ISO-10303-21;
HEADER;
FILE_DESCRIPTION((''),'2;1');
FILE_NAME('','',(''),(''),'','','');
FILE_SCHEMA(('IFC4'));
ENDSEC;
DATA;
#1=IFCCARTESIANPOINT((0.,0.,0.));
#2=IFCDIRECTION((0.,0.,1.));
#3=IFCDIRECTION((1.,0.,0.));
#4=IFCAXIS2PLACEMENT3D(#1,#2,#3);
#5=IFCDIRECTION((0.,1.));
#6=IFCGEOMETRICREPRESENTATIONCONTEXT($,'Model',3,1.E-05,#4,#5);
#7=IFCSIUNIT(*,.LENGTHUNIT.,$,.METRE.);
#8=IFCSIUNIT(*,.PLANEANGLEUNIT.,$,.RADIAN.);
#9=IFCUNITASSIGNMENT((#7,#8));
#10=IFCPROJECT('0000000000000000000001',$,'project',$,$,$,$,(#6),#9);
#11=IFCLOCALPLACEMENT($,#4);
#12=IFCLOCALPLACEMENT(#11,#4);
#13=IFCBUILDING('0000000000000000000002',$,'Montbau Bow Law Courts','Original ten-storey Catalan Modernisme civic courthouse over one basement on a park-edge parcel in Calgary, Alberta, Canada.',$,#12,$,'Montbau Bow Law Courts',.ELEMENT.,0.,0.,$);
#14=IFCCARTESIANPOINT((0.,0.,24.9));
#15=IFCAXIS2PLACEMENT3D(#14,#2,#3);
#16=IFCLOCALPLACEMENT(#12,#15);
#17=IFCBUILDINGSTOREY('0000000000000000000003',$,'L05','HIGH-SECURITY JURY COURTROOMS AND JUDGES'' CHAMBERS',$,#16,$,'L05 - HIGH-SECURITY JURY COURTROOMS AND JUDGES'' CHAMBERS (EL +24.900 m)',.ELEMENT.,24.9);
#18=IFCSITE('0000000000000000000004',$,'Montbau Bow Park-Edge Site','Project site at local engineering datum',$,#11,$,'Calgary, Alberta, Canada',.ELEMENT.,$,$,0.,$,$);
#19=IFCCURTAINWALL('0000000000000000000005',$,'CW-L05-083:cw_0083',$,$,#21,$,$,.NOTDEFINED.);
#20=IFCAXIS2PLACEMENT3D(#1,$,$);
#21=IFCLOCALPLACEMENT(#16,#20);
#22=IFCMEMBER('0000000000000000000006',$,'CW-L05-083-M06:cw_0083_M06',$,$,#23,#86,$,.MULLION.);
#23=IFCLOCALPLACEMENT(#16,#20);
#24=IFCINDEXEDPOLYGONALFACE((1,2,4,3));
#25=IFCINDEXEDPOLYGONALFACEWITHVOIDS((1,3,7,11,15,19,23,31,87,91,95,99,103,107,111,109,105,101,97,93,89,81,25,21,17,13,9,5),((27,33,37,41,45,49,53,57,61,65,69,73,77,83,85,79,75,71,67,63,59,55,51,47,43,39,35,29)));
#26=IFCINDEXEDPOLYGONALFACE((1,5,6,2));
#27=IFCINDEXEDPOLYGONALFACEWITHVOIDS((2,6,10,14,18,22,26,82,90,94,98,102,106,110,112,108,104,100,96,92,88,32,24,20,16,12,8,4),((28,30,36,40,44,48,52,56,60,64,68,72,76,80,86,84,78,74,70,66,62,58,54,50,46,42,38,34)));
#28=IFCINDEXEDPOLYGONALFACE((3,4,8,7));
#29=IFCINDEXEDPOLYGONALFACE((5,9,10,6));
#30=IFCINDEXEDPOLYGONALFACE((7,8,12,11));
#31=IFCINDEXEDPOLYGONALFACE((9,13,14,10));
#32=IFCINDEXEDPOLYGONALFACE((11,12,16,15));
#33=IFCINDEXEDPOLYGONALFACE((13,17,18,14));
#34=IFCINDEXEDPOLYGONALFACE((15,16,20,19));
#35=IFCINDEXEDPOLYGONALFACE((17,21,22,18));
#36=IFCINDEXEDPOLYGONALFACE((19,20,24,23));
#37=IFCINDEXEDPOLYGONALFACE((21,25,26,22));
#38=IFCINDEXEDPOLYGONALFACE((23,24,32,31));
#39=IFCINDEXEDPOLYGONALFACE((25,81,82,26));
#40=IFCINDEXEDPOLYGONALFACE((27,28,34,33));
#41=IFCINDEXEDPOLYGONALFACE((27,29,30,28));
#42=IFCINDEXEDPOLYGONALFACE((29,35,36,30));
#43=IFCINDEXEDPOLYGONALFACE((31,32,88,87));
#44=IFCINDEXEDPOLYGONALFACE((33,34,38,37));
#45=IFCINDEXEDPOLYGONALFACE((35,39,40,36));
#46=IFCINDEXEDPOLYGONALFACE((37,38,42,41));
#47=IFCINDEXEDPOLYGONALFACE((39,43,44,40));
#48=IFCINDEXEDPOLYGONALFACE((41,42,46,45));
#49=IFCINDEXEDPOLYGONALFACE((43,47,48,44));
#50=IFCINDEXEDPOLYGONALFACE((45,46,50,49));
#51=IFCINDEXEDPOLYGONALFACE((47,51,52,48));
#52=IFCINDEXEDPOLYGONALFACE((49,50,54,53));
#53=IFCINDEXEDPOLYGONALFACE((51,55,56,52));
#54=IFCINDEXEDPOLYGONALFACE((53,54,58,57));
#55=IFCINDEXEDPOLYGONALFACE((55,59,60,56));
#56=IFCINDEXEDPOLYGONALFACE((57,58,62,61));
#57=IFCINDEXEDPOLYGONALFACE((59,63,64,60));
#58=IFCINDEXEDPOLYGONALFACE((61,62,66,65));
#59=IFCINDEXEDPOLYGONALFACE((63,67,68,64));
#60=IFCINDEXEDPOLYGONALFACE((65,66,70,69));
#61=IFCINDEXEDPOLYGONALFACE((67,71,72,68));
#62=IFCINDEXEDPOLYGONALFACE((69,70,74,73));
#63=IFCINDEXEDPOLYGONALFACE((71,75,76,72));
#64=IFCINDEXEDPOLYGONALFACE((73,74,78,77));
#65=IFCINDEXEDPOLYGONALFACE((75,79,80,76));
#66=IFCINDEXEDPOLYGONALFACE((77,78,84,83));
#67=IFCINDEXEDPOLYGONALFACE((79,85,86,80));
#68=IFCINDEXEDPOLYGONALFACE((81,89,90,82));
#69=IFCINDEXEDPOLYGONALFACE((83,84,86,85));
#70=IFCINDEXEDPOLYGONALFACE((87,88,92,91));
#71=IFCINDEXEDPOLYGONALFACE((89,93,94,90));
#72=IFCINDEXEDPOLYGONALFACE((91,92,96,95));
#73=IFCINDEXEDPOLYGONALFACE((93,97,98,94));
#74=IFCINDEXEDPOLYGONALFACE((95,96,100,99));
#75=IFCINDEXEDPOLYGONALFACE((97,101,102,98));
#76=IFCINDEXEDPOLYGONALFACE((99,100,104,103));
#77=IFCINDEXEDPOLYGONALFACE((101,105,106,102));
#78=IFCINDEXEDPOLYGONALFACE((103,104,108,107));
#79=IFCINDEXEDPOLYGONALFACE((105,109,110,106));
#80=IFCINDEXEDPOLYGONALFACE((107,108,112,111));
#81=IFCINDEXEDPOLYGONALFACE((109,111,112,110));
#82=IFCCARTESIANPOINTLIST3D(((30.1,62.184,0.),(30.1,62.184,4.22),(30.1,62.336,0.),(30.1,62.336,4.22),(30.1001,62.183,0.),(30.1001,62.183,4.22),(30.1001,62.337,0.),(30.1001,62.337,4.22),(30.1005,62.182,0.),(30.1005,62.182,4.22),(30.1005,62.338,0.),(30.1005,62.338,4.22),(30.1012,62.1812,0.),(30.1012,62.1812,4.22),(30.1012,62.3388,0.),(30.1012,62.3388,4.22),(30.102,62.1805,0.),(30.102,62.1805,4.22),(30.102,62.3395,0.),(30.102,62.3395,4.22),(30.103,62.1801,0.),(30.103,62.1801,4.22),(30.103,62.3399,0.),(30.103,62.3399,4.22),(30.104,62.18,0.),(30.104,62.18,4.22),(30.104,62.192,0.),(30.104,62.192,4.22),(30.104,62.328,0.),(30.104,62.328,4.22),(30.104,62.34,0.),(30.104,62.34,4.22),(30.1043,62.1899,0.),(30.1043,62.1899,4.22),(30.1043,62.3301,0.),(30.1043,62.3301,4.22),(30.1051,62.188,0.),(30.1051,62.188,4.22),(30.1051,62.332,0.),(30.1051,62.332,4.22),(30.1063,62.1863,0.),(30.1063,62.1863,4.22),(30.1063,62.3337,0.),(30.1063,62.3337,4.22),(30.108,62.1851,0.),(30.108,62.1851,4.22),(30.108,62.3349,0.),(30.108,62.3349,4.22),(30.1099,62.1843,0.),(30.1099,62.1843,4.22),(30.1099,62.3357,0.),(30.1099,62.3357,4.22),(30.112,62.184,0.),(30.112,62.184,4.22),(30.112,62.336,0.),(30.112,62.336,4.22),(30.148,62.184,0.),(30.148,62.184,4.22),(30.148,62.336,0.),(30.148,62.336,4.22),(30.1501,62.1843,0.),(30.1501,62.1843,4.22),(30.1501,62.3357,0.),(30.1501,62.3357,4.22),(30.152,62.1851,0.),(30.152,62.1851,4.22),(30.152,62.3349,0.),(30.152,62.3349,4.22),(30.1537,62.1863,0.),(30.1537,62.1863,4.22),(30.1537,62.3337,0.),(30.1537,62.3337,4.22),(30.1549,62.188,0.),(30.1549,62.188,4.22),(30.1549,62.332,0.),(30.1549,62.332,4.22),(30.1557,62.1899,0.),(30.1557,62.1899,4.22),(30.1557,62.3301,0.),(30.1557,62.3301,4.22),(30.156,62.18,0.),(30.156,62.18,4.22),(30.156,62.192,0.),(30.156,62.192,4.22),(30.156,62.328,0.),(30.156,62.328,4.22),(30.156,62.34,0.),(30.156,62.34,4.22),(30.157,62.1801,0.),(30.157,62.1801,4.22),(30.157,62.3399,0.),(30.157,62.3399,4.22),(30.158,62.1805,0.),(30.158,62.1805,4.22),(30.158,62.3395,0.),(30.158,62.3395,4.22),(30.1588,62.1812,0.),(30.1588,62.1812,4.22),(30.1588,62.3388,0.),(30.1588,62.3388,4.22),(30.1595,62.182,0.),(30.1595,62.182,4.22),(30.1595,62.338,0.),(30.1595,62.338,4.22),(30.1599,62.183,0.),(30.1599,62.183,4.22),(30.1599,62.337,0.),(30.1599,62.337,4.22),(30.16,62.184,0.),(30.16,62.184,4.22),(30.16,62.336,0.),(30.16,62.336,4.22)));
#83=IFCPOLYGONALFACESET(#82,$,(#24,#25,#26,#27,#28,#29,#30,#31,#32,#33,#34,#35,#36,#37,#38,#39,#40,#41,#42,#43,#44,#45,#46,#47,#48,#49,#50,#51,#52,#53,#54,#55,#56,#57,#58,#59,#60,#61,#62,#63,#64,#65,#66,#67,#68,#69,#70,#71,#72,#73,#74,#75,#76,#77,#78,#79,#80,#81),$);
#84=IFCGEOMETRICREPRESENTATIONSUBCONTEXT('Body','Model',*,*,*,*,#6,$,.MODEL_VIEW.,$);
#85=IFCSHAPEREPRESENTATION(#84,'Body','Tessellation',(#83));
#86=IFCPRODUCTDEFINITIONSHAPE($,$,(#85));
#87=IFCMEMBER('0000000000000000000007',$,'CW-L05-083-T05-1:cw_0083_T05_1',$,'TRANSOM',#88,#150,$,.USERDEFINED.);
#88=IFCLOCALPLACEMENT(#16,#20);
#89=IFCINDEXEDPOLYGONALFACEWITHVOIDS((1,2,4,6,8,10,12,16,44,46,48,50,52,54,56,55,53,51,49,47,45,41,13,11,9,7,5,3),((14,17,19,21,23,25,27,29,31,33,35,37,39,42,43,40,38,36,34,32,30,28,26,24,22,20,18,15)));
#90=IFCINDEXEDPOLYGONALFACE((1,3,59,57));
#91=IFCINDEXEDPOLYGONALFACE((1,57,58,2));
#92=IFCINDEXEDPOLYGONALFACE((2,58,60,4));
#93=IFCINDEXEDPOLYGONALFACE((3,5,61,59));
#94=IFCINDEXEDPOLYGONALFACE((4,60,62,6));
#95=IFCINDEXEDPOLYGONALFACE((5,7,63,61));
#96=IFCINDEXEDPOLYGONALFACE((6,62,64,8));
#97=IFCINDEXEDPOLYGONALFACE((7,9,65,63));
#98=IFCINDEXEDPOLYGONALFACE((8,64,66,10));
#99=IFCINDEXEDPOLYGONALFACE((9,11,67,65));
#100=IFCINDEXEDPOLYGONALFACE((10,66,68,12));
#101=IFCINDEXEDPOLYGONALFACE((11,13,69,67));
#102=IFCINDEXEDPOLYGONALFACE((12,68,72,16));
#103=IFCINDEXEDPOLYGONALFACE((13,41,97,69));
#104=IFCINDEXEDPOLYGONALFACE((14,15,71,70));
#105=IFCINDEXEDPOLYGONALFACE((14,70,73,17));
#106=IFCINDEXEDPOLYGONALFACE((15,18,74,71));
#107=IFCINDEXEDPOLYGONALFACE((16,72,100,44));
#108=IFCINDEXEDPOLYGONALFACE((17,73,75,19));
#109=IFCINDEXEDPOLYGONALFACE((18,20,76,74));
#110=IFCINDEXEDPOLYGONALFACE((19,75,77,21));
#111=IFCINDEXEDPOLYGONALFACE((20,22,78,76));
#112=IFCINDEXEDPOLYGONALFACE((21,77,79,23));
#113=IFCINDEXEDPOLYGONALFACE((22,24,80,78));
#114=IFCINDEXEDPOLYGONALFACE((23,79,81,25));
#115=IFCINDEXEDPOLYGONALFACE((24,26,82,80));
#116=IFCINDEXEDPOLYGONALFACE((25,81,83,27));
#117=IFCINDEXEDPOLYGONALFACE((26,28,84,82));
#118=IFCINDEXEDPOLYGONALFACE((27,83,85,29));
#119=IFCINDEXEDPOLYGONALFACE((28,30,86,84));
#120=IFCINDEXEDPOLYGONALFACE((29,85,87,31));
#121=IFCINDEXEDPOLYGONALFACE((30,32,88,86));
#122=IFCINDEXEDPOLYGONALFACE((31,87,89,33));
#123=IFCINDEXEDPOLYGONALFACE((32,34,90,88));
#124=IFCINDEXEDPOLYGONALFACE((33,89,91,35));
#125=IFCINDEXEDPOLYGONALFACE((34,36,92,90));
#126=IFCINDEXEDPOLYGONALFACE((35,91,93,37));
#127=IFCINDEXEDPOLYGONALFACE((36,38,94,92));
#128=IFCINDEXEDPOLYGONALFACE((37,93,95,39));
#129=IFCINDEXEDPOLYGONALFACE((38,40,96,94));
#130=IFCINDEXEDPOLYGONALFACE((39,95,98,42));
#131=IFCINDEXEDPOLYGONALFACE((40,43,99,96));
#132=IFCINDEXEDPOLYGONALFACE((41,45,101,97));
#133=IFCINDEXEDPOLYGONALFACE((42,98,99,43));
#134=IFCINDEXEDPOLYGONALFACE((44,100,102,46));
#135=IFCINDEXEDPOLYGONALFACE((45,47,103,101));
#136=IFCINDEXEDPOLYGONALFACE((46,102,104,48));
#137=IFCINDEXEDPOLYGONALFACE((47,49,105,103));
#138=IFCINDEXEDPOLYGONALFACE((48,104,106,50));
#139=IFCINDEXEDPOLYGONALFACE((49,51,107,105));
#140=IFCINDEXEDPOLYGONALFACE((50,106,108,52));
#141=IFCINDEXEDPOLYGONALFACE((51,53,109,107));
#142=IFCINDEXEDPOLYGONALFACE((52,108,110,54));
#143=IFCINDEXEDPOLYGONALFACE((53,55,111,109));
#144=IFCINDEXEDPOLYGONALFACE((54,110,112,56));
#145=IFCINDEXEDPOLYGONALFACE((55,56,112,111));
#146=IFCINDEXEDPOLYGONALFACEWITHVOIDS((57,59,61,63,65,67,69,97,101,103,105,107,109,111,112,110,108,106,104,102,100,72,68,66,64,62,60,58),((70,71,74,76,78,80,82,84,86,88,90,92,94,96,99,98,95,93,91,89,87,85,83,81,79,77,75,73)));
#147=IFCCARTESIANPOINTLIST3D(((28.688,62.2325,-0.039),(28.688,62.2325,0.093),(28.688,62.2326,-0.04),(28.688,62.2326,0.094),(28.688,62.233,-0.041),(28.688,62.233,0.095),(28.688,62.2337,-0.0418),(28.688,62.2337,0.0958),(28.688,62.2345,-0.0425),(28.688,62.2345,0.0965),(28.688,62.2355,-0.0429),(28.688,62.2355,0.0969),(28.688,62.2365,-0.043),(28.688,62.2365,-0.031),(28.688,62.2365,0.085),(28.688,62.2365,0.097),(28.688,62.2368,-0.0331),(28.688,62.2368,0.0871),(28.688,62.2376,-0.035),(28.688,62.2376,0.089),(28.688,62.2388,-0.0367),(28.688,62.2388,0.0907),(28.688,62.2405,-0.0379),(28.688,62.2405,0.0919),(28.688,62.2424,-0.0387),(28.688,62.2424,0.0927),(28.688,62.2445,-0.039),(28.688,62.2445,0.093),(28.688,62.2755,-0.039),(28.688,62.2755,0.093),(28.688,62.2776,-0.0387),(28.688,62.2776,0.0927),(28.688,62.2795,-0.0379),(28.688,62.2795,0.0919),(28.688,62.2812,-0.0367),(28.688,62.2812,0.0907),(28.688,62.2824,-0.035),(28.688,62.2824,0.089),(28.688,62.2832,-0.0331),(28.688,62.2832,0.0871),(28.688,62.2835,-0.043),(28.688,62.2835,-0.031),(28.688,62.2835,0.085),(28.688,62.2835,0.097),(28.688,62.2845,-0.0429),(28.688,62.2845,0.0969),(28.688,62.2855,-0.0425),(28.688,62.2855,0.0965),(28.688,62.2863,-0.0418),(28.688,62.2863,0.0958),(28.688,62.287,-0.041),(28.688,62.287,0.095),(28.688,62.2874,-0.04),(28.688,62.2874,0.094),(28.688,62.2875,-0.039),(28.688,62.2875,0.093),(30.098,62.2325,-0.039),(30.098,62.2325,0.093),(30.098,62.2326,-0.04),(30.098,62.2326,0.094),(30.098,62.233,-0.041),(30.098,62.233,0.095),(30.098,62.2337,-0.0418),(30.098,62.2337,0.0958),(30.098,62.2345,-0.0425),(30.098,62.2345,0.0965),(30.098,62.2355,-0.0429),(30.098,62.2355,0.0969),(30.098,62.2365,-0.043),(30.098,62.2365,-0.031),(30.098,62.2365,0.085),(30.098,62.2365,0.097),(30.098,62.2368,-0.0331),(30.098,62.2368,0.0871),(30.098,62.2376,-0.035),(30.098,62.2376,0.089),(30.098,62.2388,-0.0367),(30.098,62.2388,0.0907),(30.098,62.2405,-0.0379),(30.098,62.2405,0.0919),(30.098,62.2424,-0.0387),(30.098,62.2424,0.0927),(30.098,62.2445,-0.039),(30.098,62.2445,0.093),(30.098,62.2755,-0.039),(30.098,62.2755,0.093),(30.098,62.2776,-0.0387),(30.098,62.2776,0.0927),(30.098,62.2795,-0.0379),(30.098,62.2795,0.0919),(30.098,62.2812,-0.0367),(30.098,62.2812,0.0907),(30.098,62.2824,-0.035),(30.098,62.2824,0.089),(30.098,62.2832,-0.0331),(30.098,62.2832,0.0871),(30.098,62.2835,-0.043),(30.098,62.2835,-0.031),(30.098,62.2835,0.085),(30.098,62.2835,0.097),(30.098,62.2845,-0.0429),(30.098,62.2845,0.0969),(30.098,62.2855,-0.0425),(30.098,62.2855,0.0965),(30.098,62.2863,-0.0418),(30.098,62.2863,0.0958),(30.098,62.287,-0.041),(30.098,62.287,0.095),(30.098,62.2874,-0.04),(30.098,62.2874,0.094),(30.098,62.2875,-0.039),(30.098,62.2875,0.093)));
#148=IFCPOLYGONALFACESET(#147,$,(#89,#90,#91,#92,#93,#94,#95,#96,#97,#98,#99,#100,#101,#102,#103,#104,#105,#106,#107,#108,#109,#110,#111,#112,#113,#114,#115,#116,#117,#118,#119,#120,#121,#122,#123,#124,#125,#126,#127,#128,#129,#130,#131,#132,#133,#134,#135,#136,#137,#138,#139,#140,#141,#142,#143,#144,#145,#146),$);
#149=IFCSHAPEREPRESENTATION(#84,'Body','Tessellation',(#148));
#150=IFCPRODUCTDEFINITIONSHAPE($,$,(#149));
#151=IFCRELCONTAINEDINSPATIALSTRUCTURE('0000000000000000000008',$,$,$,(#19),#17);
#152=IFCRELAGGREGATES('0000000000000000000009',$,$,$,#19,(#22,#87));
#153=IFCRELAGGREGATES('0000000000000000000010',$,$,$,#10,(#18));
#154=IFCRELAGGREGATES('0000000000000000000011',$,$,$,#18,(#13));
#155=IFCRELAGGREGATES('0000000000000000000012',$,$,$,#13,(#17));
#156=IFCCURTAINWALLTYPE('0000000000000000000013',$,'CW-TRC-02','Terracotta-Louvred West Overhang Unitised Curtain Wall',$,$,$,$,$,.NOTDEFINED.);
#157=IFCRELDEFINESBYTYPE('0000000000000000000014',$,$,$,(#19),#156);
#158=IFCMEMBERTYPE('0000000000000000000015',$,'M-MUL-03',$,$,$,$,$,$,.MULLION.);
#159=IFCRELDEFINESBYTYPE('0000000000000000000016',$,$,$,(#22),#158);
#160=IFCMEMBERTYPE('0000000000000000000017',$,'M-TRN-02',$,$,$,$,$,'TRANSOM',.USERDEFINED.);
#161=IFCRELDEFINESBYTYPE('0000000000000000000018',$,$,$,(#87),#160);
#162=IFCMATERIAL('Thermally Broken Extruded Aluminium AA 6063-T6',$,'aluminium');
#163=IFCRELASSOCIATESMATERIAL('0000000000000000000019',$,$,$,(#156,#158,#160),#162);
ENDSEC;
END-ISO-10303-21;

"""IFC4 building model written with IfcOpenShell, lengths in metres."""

from ifc_helpers import new_model, si_unit, direction, frame, origin_with_axes, origin_2d_with_axis, place, context, subcontext, project, spatial, hollow_rectangle, extrude, material, material_profile, profile_set, type_object, element, aggregate, save


model = new_model("IFC4")

# Units and contexts
model_context = context("Model", 3, precision=1e-05, world=origin_with_axes(), true_north=direction((0.0, 1.0)))
body_context = subcontext(model_context, "Body", "Model", "MODEL_VIEW")
ifc_project = project(units=[si_unit("LENGTHUNIT", "METRE"), si_unit("PLANEANGLEUNIT", "RADIAN")], contexts=[model_context])

# Site, building, storey
site_placement = place(None, origin_with_axes())
site = spatial("IfcSite", under=ifc_project, at=site_placement, Name="Montbau Bow Park-Edge Site", Description="Project site at local engineering datum", LongName="Calgary, Alberta, Canada", CompositionType="ELEMENT", RefElevation=0.0)
building_placement = place(site_placement, origin_with_axes())
building = spatial("IfcBuilding", under=site, at=building_placement, Name="Montbau Bow Law Courts", Description="Original ten-storey Catalan Modernisme civic courthouse over one basement on a park-edge parcel in Calgary, Alberta, Canada.", LongName="Montbau Bow Law Courts", CompositionType="ELEMENT", ElevationOfRefHeight=0.0, ElevationOfTerrain=0.0)
storey_placement = place(building_placement, frame((0.0, 0.0, 24.9), z_axis=(0.0, 0.0, 1.0), x_axis=(1.0, 0.0, 0.0)))
storey = spatial("IfcBuildingStorey", under=building, at=storey_placement, Name="L05", Description="HIGH-SECURITY JURY COURTROOMS AND JUDGES' CHAMBERS", LongName="L05 - HIGH-SECURITY JURY COURTROOMS AND JUDGES' CHAMBERS (EL +24.900 m)", CompositionType="ELEMENT", Elevation=24.9)

# Curtain wall, members
ifc_material_1 = material(Name="Thermally Broken Extruded Aluminium AA 6063-T6", Category="aluminium")
curtain_wall_type = type_object("IfcCurtainWallType", Name="CW-TRC-02", Description="Terracotta-Louvred West Overhang Unitised Curtain Wall", PredefinedType="NOTDEFINED", material=ifc_material_1)
curtain_wall_placement = place(None, frame((22.64, 62.26, 24.9), z_axis=(0.0, 0.0, 1.0), x_axis=(1.0, 0.0, 0.0)))
curtain_wall = element("IfcCurtainWall", 1, at=curtain_wall_placement, inside=storey, type_object=curtain_wall_type, Name="CW-L05-083:cw_0083", PredefinedType="NOTDEFINED")
ifc_material_profile_1 = material_profile(ifc_material_1, hollow_rectangle(XDim=0.06, YDim=0.16, WallThickness=0.004, InnerFilletRadius=0.008, OuterFilletRadius=0.004, at=origin_2d_with_axis()), Name="CWM-160X60", Category="Main", Priority=0)
ifc_profile_set_1 = profile_set([ifc_material_profile_1], Name="Thermally Broken Extruded Aluminium AA 6063-T6")
member_type_1 = type_object("IfcMemberType", Name="M-MUL-03", PredefinedType="MULLION", material=ifc_profile_set_1)
member_1_placement = place(None, frame((30.13, 62.26, 24.9), z_axis=(0.0, 0.0, 1.0), x_axis=(1.0, 0.0, 0.0)))
member_1 = element("IfcMember", 2, at=member_1_placement, type_object=member_type_1, Name="CW-L05-083-M06:cw_0083_M06", PredefinedType="MULLION", context=body_context, shape_type="SweptSolid", body=[
    extrude(hollow_rectangle(XDim=0.06, YDim=0.16, WallThickness=0.004, InnerFilletRadius=0.008, OuterFilletRadius=0.004, at=origin_2d_with_axis()), origin_with_axes(), (0.0, 0.0, 1.0), 4.22),
])
ifc_material_profile_2 = material_profile(ifc_material_1, hollow_rectangle(XDim=0.055, YDim=0.14, WallThickness=0.004, InnerFilletRadius=0.008, OuterFilletRadius=0.004, at=origin_2d_with_axis()), Name="CWT-140X55", Category="Main", Priority=0)
ifc_profile_set_2 = profile_set([ifc_material_profile_2], Name="Thermally Broken Extruded Aluminium AA 6063-T6")
member_type_2 = type_object("IfcMemberType", Name="M-TRN-02", ElementType="TRANSOM", PredefinedType="USERDEFINED", material=ifc_profile_set_2)
member_2_placement = place(None, frame((28.688, 62.26, 24.927), z_axis=(1.0, 0.0, 0.0), x_axis=(0.0, 1.0, 0.0)))
member_2 = element("IfcMember", 3, at=member_2_placement, type_object=member_type_2, Name="CW-L05-083-T05-1:cw_0083_T05_1", ObjectType="TRANSOM", PredefinedType="USERDEFINED", context=body_context, shape_type="SweptSolid", body=[
    extrude(hollow_rectangle(XDim=0.055, YDim=0.14, WallThickness=0.004, InnerFilletRadius=0.008, OuterFilletRadius=0.004, at=origin_2d_with_axis()), origin_with_axes(), (0.0, 0.0, 1.0), 1.41),
])
aggregate(curtain_wall, [member_1, member_2])

save(model, "model.ifc")
